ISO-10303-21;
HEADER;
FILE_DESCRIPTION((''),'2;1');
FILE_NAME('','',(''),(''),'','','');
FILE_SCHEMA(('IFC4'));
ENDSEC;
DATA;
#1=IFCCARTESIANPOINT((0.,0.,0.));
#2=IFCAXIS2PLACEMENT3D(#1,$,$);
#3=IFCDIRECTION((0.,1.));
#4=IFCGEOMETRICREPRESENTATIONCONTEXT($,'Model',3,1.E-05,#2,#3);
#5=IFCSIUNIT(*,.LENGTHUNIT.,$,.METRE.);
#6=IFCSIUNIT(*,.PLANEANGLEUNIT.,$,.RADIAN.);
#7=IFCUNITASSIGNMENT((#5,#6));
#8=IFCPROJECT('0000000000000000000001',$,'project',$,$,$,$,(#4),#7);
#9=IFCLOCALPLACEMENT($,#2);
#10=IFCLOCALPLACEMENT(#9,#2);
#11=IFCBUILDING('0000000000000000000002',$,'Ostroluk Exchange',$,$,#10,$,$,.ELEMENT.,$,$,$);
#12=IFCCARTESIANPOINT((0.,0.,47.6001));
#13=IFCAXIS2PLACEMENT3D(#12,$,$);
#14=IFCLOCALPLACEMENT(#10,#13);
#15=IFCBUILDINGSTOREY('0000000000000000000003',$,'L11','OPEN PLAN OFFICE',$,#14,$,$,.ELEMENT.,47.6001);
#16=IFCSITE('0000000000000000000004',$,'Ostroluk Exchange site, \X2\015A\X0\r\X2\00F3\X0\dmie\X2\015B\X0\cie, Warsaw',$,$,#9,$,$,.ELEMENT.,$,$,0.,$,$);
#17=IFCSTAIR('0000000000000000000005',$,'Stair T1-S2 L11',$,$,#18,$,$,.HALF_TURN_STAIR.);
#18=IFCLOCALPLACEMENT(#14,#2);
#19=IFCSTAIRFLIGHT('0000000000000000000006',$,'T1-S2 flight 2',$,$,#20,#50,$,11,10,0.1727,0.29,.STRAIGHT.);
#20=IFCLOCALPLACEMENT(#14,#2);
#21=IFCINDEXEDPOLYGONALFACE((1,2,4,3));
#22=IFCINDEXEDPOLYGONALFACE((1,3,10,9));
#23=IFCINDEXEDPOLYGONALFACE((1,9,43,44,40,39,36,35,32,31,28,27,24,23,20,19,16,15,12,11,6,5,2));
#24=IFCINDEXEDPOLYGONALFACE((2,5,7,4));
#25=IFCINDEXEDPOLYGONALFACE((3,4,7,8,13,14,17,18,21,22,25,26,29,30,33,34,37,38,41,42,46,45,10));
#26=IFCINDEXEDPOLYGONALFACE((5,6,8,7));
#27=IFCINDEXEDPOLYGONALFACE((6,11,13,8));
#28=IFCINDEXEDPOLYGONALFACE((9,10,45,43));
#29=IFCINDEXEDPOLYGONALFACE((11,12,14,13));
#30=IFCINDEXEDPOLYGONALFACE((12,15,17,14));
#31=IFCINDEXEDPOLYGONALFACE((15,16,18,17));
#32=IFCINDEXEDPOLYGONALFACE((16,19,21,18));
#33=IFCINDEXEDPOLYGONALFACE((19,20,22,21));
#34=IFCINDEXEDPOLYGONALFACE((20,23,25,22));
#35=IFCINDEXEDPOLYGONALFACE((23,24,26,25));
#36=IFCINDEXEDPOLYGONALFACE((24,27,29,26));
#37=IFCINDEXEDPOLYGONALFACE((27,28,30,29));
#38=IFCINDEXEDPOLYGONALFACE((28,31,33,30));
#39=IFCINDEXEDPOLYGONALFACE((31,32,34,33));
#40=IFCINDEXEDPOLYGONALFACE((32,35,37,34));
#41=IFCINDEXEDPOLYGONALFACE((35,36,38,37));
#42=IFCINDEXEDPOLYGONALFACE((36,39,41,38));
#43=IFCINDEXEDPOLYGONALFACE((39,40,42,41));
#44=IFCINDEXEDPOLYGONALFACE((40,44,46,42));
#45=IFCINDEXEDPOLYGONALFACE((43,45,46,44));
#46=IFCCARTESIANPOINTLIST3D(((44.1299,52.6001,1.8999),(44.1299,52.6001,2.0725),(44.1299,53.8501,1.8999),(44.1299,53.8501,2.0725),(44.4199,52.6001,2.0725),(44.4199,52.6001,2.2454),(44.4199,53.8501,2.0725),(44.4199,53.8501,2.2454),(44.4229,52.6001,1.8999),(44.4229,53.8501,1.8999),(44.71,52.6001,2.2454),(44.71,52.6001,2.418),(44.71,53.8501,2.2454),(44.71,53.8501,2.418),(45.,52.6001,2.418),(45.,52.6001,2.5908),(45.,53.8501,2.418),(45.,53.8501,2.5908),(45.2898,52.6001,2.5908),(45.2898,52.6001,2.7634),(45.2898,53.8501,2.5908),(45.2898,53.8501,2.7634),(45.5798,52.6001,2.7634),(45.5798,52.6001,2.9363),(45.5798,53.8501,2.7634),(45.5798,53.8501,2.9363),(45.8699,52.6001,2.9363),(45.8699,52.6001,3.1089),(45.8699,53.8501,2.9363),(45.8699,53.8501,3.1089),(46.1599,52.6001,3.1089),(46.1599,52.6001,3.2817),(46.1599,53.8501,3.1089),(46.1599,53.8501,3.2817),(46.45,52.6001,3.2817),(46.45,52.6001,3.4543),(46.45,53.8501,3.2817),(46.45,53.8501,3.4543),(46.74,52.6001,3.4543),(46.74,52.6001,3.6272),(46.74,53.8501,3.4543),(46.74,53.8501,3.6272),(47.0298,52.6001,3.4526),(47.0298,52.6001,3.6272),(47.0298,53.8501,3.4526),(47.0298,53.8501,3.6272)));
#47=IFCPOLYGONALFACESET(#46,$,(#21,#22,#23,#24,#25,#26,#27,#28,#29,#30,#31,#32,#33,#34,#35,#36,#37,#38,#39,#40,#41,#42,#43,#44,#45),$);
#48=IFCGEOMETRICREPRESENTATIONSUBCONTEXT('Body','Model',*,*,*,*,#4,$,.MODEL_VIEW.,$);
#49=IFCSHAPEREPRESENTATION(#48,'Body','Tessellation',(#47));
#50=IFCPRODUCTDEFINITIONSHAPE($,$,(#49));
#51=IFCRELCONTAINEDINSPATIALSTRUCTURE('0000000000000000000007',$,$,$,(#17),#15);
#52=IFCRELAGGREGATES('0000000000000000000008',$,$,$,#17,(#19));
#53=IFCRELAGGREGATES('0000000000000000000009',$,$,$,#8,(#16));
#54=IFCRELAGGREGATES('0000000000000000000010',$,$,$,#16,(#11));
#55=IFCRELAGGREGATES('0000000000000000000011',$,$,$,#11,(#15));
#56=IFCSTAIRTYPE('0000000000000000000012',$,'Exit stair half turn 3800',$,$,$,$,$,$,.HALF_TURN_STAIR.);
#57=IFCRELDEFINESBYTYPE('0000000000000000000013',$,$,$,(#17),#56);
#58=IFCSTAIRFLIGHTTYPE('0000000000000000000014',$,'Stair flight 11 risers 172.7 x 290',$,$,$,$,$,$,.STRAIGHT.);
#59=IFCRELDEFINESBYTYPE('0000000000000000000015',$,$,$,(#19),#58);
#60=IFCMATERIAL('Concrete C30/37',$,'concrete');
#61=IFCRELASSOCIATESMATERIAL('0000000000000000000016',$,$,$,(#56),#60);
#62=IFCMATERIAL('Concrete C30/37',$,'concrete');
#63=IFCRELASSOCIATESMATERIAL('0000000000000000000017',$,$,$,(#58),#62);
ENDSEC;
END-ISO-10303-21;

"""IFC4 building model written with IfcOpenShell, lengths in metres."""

from ifc_helpers import new_model, si_unit, direction, frame, origin, place, context, subcontext, project, spatial, polyline, outline, extrude, material, type_object, element, aggregate, save


model = new_model("IFC4")

# Units and contexts
model_context = context("Model", 3, precision=1e-05, world=origin(), true_north=direction((0.0, 1.0)))
body_context = subcontext(model_context, "Body", "Model", "MODEL_VIEW")
ifc_project = project(units=[si_unit("LENGTHUNIT", "METRE"), si_unit("PLANEANGLEUNIT", "RADIAN")], contexts=[model_context])

# Site, building, storey
site_placement = place(None, origin())
site = spatial("IfcSite", under=ifc_project, at=site_placement, Name="Ostroluk Exchange site, Śródmieście, Warsaw", CompositionType="ELEMENT", RefElevation=0.0)
building_placement = place(site_placement, origin())
building = spatial("IfcBuilding", under=site, at=building_placement, Name="Ostroluk Exchange", CompositionType="ELEMENT")
storey_placement = place(building_placement, frame((0.0, 0.0, 47.6001)))
storey = spatial("IfcBuildingStorey", under=building, at=storey_placement, Name="L11", Description="OPEN PLAN OFFICE", CompositionType="ELEMENT", Elevation=47.6001)

# Stair, stair flight
ifc_material_1 = material(Name="Concrete C30/37", Category="concrete")
stair_type = type_object("IfcStairType", Name="Exit stair half turn 3800", PredefinedType="HALF_TURN_STAIR", material=ifc_material_1)
stair_placement = place(storey_placement, origin())
stair = element("IfcStair", 1, at=stair_placement, inside=storey, type_object=stair_type, Name="Stair T1-S2 L11", PredefinedType="HALF_TURN_STAIR")
ifc_material_2 = material(Name="Concrete C30/37", Category="concrete")
stair_flight_type = type_object("IfcStairFlightType", Name="Stair flight 11 risers 172.7 x 290", PredefinedType="STRAIGHT", material=ifc_material_2)
stair_flight_1_placement = place(storey_placement, frame((44.1299, 53.2251, 1.8999), z_axis=(0.0, 0.0, 1.0), x_axis=(1.0, 0.0, 0.0)))
stair_flight_1 = element("IfcStairFlight", 2, at=stair_flight_1_placement, type_object=stair_flight_type, Name="T1-S2 flight 2", NumberOfRisers=11, NumberOfTreads=10, PredefinedType="STRAIGHT", RiserHeight=0.1727, TreadLength=0.29, context=body_context, shape_type="SweptSolid", body=[
    extrude(outline(polyline([(0.0, 0.0), (0.0, 0.1726), (0.29, 0.1726), (0.29, 0.3455), (0.5801, 0.3455), (0.5801, 0.5181), (0.8701, 0.5181), (0.8701, 0.6909), (1.1599, 0.6909), (1.1599, 0.8635), (1.45, 0.8635), (1.45, 1.0364), (1.74, 1.0364), (1.74, 1.209), (2.03, 1.209), (2.03, 1.3818), (2.3201, 1.3818), (2.3201, 1.5544), (2.6101, 1.5544), (2.6101, 1.7273), (2.8999, 1.7273), (2.8999, 1.8999), (2.8999, 1.5527), (0.293, 0.0), (0.0, 0.0)])), frame((0.0, 0.625, 0.0), z_axis=(0.0, -1.0, 0.0), x_axis=(1.0, 0.0, 0.0)), (0.0, 0.0, 1.0), 1.25),
])
aggregate(stair, [stair_flight_1])

save(model, "model.ifc")
